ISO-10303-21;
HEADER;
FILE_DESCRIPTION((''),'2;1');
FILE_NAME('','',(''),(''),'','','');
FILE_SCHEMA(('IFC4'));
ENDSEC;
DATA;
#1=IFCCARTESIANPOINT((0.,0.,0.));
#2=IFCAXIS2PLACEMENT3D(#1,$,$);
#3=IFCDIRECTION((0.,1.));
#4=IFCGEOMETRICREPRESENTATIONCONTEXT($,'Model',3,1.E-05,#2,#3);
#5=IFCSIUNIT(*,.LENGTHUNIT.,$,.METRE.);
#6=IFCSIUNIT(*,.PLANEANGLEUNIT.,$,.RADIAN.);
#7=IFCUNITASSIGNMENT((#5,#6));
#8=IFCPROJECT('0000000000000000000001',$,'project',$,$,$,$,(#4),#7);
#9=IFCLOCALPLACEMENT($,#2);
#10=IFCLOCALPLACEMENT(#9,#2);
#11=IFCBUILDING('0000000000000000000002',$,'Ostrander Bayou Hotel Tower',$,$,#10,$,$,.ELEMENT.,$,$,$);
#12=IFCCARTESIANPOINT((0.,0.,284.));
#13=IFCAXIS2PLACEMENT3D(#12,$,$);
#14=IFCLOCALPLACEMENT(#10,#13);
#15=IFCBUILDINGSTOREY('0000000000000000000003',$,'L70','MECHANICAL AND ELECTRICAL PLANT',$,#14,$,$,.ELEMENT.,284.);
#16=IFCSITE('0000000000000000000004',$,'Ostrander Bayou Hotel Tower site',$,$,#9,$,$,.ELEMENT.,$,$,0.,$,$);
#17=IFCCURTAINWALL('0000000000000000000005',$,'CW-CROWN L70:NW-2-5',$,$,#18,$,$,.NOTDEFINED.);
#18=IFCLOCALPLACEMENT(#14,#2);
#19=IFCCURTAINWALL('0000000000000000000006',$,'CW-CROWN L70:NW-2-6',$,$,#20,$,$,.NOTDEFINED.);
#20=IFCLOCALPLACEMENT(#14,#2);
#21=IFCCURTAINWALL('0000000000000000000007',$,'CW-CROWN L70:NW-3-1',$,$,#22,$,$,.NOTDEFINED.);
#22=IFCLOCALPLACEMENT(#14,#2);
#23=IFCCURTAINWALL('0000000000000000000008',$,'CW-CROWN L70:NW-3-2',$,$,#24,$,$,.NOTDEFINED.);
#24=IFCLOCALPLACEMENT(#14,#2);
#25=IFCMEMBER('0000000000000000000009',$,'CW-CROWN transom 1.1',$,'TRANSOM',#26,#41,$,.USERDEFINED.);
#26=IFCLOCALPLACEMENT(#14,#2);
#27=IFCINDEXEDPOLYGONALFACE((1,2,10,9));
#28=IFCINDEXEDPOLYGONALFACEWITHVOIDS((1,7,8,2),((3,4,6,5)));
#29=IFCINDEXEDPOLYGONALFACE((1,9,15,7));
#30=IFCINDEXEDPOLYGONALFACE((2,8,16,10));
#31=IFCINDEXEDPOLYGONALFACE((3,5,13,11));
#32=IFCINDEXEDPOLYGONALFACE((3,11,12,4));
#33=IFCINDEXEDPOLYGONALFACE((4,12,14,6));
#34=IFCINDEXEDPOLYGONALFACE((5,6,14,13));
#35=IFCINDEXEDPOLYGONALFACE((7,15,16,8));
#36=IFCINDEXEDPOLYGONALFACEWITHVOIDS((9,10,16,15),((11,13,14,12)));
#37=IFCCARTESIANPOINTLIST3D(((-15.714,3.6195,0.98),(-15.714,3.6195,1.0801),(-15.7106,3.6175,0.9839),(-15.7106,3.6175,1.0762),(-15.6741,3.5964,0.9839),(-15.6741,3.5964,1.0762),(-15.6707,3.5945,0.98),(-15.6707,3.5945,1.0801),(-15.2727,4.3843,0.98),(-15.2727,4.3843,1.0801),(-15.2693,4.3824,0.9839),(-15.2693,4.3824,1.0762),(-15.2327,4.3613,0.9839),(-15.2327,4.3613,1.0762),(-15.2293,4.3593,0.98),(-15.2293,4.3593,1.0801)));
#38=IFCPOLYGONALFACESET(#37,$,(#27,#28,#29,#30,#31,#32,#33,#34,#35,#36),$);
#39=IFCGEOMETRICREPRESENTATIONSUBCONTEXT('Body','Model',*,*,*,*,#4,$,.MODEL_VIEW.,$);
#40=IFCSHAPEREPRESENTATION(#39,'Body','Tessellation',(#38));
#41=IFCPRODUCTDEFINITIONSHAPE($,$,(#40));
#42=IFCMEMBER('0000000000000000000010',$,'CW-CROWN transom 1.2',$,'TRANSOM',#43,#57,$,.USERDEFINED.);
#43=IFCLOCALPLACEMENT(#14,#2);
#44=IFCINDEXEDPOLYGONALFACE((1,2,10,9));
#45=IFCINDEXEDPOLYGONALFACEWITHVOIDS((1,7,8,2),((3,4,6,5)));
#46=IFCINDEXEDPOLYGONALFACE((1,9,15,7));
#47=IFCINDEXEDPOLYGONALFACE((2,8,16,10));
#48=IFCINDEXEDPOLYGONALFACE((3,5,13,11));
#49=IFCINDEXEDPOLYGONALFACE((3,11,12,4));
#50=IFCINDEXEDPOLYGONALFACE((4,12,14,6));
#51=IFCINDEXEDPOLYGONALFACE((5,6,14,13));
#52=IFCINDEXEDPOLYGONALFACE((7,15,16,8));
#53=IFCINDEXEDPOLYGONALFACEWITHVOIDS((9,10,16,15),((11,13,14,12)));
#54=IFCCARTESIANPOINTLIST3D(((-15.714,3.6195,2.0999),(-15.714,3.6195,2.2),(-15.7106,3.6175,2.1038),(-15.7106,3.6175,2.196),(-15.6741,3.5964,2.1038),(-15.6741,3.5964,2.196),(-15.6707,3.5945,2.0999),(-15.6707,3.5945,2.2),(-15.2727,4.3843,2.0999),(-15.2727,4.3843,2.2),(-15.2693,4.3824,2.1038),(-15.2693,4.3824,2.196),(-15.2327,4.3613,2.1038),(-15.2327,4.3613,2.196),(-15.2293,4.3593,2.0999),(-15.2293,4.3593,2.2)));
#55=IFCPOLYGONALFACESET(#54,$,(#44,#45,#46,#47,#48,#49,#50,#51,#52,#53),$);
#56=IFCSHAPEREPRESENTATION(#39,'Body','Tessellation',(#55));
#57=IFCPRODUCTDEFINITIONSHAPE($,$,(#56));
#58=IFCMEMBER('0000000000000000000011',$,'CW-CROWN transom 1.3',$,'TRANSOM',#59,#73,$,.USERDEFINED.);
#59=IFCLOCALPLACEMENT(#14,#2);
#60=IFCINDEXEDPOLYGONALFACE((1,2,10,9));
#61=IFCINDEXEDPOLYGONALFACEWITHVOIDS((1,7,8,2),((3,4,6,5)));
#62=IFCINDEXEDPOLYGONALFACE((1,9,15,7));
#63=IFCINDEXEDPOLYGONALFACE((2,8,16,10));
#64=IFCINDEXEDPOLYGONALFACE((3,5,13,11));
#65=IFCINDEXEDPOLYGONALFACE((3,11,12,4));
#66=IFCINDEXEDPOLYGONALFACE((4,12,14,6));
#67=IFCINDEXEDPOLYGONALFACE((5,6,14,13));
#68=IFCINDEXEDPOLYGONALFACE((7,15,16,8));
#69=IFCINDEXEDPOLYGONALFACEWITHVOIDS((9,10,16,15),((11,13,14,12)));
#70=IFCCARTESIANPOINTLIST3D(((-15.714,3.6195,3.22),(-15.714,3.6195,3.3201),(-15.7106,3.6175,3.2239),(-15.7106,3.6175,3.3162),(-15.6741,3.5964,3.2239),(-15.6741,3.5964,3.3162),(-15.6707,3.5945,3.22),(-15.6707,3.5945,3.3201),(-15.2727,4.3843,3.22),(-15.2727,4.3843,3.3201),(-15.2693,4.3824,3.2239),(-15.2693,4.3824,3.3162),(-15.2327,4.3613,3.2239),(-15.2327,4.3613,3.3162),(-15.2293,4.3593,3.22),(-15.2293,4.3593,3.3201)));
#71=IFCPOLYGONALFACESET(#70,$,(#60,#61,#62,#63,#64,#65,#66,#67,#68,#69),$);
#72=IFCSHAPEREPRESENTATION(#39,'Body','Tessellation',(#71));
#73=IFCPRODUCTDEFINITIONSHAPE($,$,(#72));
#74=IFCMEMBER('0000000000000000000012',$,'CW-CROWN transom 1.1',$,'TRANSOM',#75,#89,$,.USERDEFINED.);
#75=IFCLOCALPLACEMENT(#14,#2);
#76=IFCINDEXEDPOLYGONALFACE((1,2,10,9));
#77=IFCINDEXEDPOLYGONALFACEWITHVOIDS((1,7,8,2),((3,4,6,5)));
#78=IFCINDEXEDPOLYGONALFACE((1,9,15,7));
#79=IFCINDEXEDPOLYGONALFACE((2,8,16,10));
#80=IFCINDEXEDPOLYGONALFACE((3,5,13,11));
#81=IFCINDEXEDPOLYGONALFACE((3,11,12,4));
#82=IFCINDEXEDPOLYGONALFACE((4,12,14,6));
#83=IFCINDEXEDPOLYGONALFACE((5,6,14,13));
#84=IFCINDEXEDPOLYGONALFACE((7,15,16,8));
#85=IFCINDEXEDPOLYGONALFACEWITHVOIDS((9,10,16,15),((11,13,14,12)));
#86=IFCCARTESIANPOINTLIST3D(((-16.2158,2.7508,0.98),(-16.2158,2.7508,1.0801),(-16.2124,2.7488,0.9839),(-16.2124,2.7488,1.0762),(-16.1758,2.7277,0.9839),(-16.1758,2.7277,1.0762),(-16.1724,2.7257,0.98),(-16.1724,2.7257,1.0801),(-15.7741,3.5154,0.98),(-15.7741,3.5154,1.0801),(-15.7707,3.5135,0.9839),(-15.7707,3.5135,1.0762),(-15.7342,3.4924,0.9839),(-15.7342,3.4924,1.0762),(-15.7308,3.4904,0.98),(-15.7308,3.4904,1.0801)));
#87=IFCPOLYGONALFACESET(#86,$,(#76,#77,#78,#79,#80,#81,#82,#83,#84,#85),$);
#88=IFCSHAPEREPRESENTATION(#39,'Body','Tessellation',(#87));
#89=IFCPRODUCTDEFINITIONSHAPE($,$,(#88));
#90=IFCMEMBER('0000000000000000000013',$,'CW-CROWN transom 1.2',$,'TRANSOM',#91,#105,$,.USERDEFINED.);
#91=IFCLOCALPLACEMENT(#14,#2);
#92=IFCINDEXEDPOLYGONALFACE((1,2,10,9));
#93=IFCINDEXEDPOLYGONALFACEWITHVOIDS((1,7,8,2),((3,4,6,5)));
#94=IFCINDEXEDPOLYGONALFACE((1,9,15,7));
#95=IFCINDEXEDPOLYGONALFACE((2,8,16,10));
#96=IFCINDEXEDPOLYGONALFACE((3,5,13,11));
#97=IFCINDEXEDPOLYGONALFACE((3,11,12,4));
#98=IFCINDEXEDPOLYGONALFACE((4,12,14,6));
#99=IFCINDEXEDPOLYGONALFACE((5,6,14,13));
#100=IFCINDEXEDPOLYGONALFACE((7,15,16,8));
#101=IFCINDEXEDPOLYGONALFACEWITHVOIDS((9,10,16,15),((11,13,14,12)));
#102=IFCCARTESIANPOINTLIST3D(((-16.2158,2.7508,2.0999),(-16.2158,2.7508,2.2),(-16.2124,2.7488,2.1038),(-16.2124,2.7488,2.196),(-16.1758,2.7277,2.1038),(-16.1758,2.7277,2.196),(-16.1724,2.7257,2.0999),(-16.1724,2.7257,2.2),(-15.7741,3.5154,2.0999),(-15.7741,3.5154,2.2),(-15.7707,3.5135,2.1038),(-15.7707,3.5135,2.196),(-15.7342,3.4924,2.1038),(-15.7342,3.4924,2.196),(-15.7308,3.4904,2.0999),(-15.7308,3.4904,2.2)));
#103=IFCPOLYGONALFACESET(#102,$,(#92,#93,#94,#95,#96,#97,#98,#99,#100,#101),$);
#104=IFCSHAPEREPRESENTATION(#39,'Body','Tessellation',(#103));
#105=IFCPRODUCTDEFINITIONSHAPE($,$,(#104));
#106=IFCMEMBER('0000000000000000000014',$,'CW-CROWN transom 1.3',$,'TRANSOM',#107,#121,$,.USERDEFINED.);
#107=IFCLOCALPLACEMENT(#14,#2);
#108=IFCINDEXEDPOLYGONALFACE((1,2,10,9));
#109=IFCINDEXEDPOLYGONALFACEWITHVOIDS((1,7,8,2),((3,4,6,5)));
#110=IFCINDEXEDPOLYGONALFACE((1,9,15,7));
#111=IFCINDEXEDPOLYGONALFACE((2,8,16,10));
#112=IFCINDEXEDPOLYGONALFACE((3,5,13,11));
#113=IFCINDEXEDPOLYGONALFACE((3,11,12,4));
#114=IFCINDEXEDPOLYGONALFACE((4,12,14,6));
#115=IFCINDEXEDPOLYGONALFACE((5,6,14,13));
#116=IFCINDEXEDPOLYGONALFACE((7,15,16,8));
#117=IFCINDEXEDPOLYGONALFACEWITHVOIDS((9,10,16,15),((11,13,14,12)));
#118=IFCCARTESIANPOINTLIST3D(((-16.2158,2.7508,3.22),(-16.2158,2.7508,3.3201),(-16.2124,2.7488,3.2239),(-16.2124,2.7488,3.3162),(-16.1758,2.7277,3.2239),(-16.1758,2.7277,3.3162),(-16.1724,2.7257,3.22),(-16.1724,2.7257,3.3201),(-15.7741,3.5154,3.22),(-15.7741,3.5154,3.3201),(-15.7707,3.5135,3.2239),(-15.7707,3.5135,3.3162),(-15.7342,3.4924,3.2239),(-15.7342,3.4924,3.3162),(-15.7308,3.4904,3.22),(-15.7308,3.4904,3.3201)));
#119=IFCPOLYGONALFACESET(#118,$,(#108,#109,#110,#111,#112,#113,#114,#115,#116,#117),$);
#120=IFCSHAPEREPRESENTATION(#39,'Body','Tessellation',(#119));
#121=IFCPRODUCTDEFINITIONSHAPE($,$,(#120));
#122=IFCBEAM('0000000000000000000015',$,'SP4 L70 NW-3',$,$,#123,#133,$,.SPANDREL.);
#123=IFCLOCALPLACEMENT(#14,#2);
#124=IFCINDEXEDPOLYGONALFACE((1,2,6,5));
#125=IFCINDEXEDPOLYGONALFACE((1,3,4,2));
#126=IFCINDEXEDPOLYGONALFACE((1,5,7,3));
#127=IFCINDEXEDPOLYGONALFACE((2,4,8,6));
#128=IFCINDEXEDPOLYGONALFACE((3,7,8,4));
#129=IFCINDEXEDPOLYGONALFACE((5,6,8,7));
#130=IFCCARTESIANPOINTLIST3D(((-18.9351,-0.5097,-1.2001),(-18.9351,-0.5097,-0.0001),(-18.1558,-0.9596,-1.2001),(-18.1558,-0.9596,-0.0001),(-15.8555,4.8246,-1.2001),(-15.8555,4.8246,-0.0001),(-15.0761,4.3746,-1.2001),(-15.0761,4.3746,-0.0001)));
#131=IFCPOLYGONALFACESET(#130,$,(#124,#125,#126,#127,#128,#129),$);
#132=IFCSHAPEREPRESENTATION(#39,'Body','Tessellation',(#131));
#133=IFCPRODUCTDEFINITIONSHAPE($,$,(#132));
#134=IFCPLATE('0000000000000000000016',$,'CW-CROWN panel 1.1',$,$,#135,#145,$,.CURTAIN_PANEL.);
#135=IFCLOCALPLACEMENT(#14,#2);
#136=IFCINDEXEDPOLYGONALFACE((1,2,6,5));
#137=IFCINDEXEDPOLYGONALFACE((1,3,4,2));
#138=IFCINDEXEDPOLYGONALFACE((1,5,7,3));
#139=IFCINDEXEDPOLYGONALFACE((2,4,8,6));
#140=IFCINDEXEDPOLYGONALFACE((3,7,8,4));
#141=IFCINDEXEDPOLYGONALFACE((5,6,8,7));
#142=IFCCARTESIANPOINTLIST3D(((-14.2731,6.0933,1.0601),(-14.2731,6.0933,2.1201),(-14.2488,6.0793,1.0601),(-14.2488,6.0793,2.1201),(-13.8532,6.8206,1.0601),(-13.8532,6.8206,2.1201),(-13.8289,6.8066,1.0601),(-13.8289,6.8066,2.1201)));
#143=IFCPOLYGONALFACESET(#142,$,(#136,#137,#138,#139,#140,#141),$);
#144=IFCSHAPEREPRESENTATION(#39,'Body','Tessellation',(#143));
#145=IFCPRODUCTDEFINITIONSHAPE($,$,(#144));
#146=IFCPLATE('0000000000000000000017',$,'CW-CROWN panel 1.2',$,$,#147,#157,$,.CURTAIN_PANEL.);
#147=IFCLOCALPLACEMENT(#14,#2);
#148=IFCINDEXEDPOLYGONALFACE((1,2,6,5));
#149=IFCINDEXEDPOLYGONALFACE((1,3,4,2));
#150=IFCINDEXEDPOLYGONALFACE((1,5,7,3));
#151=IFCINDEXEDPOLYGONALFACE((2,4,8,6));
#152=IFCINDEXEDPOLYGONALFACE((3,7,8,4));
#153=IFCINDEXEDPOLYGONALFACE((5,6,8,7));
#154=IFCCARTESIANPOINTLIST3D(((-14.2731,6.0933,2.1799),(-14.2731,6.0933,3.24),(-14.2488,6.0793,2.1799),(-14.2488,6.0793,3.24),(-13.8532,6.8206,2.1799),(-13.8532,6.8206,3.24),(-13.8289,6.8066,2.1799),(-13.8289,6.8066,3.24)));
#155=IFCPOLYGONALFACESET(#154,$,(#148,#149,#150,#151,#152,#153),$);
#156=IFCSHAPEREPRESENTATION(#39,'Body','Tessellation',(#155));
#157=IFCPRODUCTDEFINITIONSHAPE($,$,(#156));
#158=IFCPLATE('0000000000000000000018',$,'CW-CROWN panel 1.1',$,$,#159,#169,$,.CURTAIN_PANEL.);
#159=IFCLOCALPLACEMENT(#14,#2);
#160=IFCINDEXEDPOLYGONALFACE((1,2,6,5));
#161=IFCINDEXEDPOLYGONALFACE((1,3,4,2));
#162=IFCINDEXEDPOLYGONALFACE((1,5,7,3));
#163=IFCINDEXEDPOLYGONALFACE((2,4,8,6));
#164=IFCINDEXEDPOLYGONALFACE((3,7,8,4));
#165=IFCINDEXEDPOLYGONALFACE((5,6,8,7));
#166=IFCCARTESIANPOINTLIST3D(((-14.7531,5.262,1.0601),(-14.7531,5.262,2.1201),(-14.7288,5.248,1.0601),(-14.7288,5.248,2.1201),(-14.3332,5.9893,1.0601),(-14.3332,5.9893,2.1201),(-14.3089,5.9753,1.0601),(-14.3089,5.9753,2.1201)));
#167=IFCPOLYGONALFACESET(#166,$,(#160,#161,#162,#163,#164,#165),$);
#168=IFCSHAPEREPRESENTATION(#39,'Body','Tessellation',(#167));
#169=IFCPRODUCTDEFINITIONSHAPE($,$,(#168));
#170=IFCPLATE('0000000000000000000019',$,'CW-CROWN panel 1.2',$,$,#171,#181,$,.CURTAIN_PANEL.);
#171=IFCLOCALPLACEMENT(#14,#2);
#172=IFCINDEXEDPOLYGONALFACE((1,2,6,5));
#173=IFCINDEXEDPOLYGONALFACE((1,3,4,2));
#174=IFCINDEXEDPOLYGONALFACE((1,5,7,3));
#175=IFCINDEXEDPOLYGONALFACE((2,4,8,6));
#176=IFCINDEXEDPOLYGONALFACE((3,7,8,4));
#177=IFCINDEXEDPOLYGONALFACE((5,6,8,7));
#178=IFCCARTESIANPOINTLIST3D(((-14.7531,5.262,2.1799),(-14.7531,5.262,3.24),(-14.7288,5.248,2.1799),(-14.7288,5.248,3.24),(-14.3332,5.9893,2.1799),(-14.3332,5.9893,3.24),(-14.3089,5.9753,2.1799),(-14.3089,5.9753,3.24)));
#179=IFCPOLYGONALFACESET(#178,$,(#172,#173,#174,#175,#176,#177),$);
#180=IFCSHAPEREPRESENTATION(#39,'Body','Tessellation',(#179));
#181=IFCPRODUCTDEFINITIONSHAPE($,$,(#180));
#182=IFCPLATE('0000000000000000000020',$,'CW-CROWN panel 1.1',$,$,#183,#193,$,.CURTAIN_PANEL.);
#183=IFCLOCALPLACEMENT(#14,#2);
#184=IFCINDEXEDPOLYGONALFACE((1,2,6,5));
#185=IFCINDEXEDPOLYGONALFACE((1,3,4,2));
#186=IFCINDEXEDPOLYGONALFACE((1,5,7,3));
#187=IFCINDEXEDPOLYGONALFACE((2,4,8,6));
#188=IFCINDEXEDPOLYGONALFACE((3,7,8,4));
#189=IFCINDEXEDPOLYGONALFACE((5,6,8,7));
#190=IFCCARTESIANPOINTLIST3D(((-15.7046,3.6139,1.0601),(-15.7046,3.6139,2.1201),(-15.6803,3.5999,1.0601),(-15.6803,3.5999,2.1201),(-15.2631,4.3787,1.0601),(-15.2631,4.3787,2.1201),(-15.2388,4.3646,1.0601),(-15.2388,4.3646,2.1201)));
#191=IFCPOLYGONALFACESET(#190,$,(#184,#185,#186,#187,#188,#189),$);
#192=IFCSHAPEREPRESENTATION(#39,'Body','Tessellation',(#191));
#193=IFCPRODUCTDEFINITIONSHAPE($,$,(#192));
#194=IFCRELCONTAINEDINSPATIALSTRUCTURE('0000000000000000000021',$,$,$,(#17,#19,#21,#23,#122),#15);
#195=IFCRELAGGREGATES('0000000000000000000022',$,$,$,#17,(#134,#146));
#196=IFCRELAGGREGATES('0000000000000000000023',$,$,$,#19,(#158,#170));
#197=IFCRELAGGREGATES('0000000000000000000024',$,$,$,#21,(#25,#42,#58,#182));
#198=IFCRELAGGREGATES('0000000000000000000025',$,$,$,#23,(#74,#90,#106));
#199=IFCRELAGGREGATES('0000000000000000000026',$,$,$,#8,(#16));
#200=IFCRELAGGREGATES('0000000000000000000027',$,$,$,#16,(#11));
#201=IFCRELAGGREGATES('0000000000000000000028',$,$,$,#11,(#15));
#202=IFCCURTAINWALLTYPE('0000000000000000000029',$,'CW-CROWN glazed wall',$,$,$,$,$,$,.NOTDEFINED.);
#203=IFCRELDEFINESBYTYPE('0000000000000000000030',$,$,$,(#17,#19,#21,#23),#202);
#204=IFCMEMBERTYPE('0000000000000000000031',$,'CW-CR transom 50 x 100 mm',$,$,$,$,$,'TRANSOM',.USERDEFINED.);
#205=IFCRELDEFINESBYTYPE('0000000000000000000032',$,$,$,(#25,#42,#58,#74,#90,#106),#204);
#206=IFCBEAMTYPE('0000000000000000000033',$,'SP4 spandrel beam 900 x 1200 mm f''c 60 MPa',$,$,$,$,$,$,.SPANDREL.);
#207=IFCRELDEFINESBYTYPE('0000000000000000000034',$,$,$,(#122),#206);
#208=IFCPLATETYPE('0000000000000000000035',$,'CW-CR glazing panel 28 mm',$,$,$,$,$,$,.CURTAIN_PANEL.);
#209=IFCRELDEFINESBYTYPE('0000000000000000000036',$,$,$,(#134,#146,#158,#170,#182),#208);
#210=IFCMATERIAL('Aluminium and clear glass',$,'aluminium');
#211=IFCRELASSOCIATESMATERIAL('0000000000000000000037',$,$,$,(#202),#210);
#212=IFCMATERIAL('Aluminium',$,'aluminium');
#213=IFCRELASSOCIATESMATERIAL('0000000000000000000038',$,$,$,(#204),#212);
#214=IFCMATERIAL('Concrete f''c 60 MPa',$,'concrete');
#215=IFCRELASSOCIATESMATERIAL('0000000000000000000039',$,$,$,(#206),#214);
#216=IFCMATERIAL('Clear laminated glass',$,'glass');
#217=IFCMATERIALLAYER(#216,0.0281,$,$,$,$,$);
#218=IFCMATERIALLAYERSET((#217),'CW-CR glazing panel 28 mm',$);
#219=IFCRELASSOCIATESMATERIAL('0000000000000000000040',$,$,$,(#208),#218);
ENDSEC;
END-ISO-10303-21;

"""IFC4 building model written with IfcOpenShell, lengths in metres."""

from ifc_helpers import new_model, si_unit, direction, frame, origin, origin_2d, place, context, subcontext, project, spatial, rectangle, hollow_rectangle, extrude, material, layer, layer_set, material_profile, profile_set, type_object, element, aggregate, save


model = new_model("IFC4")

# Units and contexts
model_context = context("Model", 3, precision=1e-05, world=origin(), true_north=direction((0.0, 1.0)))
body_context = subcontext(model_context, "Body", "Model", "MODEL_VIEW")
ifc_project = project(units=[si_unit("LENGTHUNIT", "METRE"), si_unit("PLANEANGLEUNIT", "RADIAN")], contexts=[model_context])

# Site, building, storey
site_placement = place(None, origin())
site = spatial("IfcSite", under=ifc_project, at=site_placement, Name="Ostrander Bayou Hotel Tower site", CompositionType="ELEMENT", RefElevation=0.0)
building_placement = place(site_placement, origin())
building = spatial("IfcBuilding", under=site, at=building_placement, Name="Ostrander Bayou Hotel Tower", CompositionType="ELEMENT")
storey_placement = place(building_placement, frame((0.0, 0.0, 284.0)))
storey = spatial("IfcBuildingStorey", under=building, at=storey_placement, Name="L70", Description="MECHANICAL AND ELECTRICAL PLANT", CompositionType="ELEMENT", Elevation=284.0)

# Curtain wall
ifc_material_1 = material(Name="Aluminium and clear glass", Category="aluminium")
curtain_wall_type = type_object("IfcCurtainWallType", Name="CW-CROWN glazed wall", PredefinedType="NOTDEFINED", material=ifc_material_1)
curtain_wall_1_placement = place(storey_placement, origin())
curtain_wall_1 = element("IfcCurtainWall", 1, at=curtain_wall_1_placement, inside=storey, type_object=curtain_wall_type, Name="CW-CROWN L70:NW-2-5", PredefinedType="NOTDEFINED")

# Curtain walls
curtain_wall_2_placement = place(storey_placement, origin())
curtain_wall_2 = element("IfcCurtainWall", 2, at=curtain_wall_2_placement, inside=storey, type_object=curtain_wall_type, Name="CW-CROWN L70:NW-2-6", PredefinedType="NOTDEFINED")
curtain_wall_3_placement = place(storey_placement, origin())
curtain_wall_3 = element("IfcCurtainWall", 3, at=curtain_wall_3_placement, inside=storey, type_object=curtain_wall_type, Name="CW-CROWN L70:NW-3-1", PredefinedType="NOTDEFINED")

# Curtain wall
curtain_wall_4_placement = place(storey_placement, origin())
curtain_wall_4 = element("IfcCurtainWall", 4, at=curtain_wall_4_placement, inside=storey, type_object=curtain_wall_type, Name="CW-CROWN L70:NW-3-2", PredefinedType="NOTDEFINED")

# Members
ifc_material_2 = material(Name="Aluminium", Category="aluminium")
ifc_material_profile_1 = material_profile(ifc_material_2, hollow_rectangle(XDim=0.05, YDim=0.1001, WallThickness=0.0039, at=origin_2d()))
ifc_profile_set_1 = profile_set([ifc_material_profile_1], Name="Aluminium")
member_type_1 = type_object("IfcMemberType", Name="CW-CR transom 50 x 100 mm", ElementType="TRANSOM", PredefinedType="USERDEFINED", material=ifc_profile_set_1)
member_1_placement = place(storey_placement, frame((-15.251, 4.3718, 1.03), z_axis=(-0.499826, -0.866126, 0.0), x_axis=(0.866126, -0.499826, 0.0)))
member_1 = element("IfcMember", 5, at=member_1_placement, type_object=member_type_1, Name="CW-CROWN transom 1.1", ObjectType="TRANSOM", PredefinedType="USERDEFINED", context=body_context, shape_type="SweptSolid", body=[
    extrude(hollow_rectangle(XDim=0.05, YDim=0.1001, WallThickness=0.0039, at=origin_2d()), origin(), (0.0, 0.0, 1.0), 0.8831),
])
member_2_placement = place(storey_placement, frame((-15.251, 4.3718, 2.1499), z_axis=(-0.499826, -0.866126, 0.0), x_axis=(0.866126, -0.499826, 0.0)))
member_2 = element("IfcMember", 6, at=member_2_placement, type_object=member_type_1, Name="CW-CROWN transom 1.2", ObjectType="TRANSOM", PredefinedType="USERDEFINED", context=body_context, shape_type="SweptSolid", body=[
    extrude(hollow_rectangle(XDim=0.05, YDim=0.1001, WallThickness=0.0039, at=origin_2d()), origin(), (0.0, 0.0, 1.0), 0.8831),
])
member_3_placement = place(storey_placement, frame((-15.251, 4.3718, 3.27), z_axis=(-0.499826, -0.866126, 0.0), x_axis=(0.866126, -0.499826, 0.0)))
member_3 = element("IfcMember", 7, at=member_3_placement, type_object=member_type_1, Name="CW-CROWN transom 1.3", ObjectType="TRANSOM", PredefinedType="USERDEFINED", context=body_context, shape_type="SweptSolid", body=[
    extrude(hollow_rectangle(XDim=0.05, YDim=0.1001, WallThickness=0.0039, at=origin_2d()), origin(), (0.0, 0.0, 1.0), 0.8831),
])
member_4_placement = place(storey_placement, frame((-15.7524, 3.5029, 1.03), z_axis=(-0.500153, -0.865937, 0.0), x_axis=(0.865937, -0.500153, 0.0)))
member_4 = element("IfcMember", 8, at=member_4_placement, type_object=member_type_1, Name="CW-CROWN transom 1.1", ObjectType="TRANSOM", PredefinedType="USERDEFINED", context=body_context, shape_type="SweptSolid", body=[
    extrude(hollow_rectangle(XDim=0.05, YDim=0.1001, WallThickness=0.0039, at=origin_2d()), origin(), (0.0, 0.0, 1.0), 0.8831),
])
member_5_placement = place(storey_placement, frame((-15.7524, 3.5029, 2.1499), z_axis=(-0.500153, -0.865937, 0.0), x_axis=(0.865937, -0.500153, 0.0)))
member_5 = element("IfcMember", 9, at=member_5_placement, type_object=member_type_1, Name="CW-CROWN transom 1.2", ObjectType="TRANSOM", PredefinedType="USERDEFINED", context=body_context, shape_type="SweptSolid", body=[
    extrude(hollow_rectangle(XDim=0.05, YDim=0.1001, WallThickness=0.0039, at=origin_2d()), origin(), (0.0, 0.0, 1.0), 0.8831),
])
member_6_placement = place(storey_placement, frame((-15.7524, 3.5029, 3.27), z_axis=(-0.500153, -0.865937, 0.0), x_axis=(0.865937, -0.500153, 0.0)))
member_6 = element("IfcMember", 10, at=member_6_placement, type_object=member_type_1, Name="CW-CROWN transom 1.3", ObjectType="TRANSOM", PredefinedType="USERDEFINED", context=body_context, shape_type="SweptSolid", body=[
    extrude(hollow_rectangle(XDim=0.05, YDim=0.1001, WallThickness=0.0039, at=origin_2d()), origin(), (0.0, 0.0, 1.0), 0.8831),
])

# Beam
ifc_material_3 = material(Name="Concrete f'c 60 MPa", Category="concrete")
ifc_material_profile_2 = material_profile(ifc_material_3, rectangle(XDim=0.8999, YDim=1.2, at=origin_2d()))
ifc_profile_set_2 = profile_set([ifc_material_profile_2], Name="Concrete f'c 60 MPa")
beam_type = type_object("IfcBeamType", Name="SP4 spandrel beam 900 x 1200 mm f'c 60 MPa", PredefinedType="SPANDREL", material=ifc_profile_set_2)
beam_placement = place(storey_placement, frame((-15.4658, 4.5996, -0.6001), z_axis=(-0.499984, -0.866034, 0.0), x_axis=(0.866034, -0.499984, 0.0)))
element("IfcBeam", 11, at=beam_placement, inside=storey, type_object=beam_type, Name="SP4 L70 NW-3", PredefinedType="SPANDREL", context=body_context, shape_type="SweptSolid", body=[
    extrude(rectangle(XDim=0.8999, YDim=1.2, at=origin_2d()), origin(), (0.0, 0.0, 1.0), 6.1594),
])

# Plates
ifc_material_4 = material(Name="Clear laminated glass", Category="glass")
ifc_layer_1 = layer(ifc_material_4, 0.0281)
ifc_layer_set_1 = layer_set([ifc_layer_1], Name="CW-CR glazing panel 28 mm")
plate_type = type_object("IfcPlateType", Name="CW-CR glazing panel 28 mm", PredefinedType="CURTAIN_PANEL", material=ifc_layer_set_1)
plate_1_placement = place(storey_placement, frame((-14.051, 6.45, 1.0601), z_axis=(0.0, 0.0, 1.0), x_axis=(-0.500005, -0.866022, 0.0)))
plate_1 = element("IfcPlate", 12, at=plate_1_placement, type_object=plate_type, Name="CW-CROWN panel 1.1", PredefinedType="CURTAIN_PANEL", context=body_context, shape_type="SweptSolid", body=[
    extrude(rectangle(XDim=0.8398, YDim=0.0281, at=origin_2d()), origin(), (0.0, 0.0, 1.0), 1.0601),
])
plate_2_placement = place(storey_placement, frame((-14.051, 6.45, 2.1799), z_axis=(0.0, 0.0, 1.0), x_axis=(-0.500005, -0.866022, 0.0)))
plate_2 = element("IfcPlate", 13, at=plate_2_placement, type_object=plate_type, Name="CW-CROWN panel 1.2", PredefinedType="CURTAIN_PANEL", context=body_context, shape_type="SweptSolid", body=[
    extrude(rectangle(XDim=0.8398, YDim=0.0281, at=origin_2d()), origin(), (0.0, 0.0, 1.0), 1.0601),
])
aggregate(curtain_wall_1, [plate_1, plate_2])
plate_3_placement = place(storey_placement, frame((-14.531, 5.6187, 1.0601), z_axis=(0.0, 0.0, 1.0), x_axis=(-0.500005, -0.866022, 0.0)))
plate_3 = element("IfcPlate", 14, at=plate_3_placement, type_object=plate_type, Name="CW-CROWN panel 1.1", PredefinedType="CURTAIN_PANEL", context=body_context, shape_type="SweptSolid", body=[
    extrude(rectangle(XDim=0.8398, YDim=0.0281, at=origin_2d()), origin(), (0.0, 0.0, 1.0), 1.0601),
])
plate_4_placement = place(storey_placement, frame((-14.531, 5.6187, 2.1799), z_axis=(0.0, 0.0, 1.0), x_axis=(-0.500005, -0.866022, 0.0)))
plate_4 = element("IfcPlate", 15, at=plate_4_placement, type_object=plate_type, Name="CW-CROWN panel 1.2", PredefinedType="CURTAIN_PANEL", context=body_context, shape_type="SweptSolid", body=[
    extrude(rectangle(XDim=0.8398, YDim=0.0281, at=origin_2d()), origin(), (0.0, 0.0, 1.0), 1.0601),
])
aggregate(curtain_wall_2, [plate_3, plate_4])
plate_5_placement = place(storey_placement, frame((-15.4717, 3.9893, 1.0601), z_axis=(0.0, 0.0, 1.0), x_axis=(-0.499967, -0.866044, 0.0)))
plate_5 = element("IfcPlate", 16, at=plate_5_placement, type_object=plate_type, Name="CW-CROWN panel 1.1", PredefinedType="CURTAIN_PANEL", context=body_context, shape_type="SweptSolid", body=[
    extrude(rectangle(XDim=0.8831, YDim=0.0281, at=origin_2d()), origin(), (0.0, 0.0, 1.0), 1.0601),
])
aggregate(curtain_wall_3, [member_1, member_2, member_3, plate_5])
aggregate(curtain_wall_4, [member_4, member_5, member_6])

save(model, "model.ifc")
